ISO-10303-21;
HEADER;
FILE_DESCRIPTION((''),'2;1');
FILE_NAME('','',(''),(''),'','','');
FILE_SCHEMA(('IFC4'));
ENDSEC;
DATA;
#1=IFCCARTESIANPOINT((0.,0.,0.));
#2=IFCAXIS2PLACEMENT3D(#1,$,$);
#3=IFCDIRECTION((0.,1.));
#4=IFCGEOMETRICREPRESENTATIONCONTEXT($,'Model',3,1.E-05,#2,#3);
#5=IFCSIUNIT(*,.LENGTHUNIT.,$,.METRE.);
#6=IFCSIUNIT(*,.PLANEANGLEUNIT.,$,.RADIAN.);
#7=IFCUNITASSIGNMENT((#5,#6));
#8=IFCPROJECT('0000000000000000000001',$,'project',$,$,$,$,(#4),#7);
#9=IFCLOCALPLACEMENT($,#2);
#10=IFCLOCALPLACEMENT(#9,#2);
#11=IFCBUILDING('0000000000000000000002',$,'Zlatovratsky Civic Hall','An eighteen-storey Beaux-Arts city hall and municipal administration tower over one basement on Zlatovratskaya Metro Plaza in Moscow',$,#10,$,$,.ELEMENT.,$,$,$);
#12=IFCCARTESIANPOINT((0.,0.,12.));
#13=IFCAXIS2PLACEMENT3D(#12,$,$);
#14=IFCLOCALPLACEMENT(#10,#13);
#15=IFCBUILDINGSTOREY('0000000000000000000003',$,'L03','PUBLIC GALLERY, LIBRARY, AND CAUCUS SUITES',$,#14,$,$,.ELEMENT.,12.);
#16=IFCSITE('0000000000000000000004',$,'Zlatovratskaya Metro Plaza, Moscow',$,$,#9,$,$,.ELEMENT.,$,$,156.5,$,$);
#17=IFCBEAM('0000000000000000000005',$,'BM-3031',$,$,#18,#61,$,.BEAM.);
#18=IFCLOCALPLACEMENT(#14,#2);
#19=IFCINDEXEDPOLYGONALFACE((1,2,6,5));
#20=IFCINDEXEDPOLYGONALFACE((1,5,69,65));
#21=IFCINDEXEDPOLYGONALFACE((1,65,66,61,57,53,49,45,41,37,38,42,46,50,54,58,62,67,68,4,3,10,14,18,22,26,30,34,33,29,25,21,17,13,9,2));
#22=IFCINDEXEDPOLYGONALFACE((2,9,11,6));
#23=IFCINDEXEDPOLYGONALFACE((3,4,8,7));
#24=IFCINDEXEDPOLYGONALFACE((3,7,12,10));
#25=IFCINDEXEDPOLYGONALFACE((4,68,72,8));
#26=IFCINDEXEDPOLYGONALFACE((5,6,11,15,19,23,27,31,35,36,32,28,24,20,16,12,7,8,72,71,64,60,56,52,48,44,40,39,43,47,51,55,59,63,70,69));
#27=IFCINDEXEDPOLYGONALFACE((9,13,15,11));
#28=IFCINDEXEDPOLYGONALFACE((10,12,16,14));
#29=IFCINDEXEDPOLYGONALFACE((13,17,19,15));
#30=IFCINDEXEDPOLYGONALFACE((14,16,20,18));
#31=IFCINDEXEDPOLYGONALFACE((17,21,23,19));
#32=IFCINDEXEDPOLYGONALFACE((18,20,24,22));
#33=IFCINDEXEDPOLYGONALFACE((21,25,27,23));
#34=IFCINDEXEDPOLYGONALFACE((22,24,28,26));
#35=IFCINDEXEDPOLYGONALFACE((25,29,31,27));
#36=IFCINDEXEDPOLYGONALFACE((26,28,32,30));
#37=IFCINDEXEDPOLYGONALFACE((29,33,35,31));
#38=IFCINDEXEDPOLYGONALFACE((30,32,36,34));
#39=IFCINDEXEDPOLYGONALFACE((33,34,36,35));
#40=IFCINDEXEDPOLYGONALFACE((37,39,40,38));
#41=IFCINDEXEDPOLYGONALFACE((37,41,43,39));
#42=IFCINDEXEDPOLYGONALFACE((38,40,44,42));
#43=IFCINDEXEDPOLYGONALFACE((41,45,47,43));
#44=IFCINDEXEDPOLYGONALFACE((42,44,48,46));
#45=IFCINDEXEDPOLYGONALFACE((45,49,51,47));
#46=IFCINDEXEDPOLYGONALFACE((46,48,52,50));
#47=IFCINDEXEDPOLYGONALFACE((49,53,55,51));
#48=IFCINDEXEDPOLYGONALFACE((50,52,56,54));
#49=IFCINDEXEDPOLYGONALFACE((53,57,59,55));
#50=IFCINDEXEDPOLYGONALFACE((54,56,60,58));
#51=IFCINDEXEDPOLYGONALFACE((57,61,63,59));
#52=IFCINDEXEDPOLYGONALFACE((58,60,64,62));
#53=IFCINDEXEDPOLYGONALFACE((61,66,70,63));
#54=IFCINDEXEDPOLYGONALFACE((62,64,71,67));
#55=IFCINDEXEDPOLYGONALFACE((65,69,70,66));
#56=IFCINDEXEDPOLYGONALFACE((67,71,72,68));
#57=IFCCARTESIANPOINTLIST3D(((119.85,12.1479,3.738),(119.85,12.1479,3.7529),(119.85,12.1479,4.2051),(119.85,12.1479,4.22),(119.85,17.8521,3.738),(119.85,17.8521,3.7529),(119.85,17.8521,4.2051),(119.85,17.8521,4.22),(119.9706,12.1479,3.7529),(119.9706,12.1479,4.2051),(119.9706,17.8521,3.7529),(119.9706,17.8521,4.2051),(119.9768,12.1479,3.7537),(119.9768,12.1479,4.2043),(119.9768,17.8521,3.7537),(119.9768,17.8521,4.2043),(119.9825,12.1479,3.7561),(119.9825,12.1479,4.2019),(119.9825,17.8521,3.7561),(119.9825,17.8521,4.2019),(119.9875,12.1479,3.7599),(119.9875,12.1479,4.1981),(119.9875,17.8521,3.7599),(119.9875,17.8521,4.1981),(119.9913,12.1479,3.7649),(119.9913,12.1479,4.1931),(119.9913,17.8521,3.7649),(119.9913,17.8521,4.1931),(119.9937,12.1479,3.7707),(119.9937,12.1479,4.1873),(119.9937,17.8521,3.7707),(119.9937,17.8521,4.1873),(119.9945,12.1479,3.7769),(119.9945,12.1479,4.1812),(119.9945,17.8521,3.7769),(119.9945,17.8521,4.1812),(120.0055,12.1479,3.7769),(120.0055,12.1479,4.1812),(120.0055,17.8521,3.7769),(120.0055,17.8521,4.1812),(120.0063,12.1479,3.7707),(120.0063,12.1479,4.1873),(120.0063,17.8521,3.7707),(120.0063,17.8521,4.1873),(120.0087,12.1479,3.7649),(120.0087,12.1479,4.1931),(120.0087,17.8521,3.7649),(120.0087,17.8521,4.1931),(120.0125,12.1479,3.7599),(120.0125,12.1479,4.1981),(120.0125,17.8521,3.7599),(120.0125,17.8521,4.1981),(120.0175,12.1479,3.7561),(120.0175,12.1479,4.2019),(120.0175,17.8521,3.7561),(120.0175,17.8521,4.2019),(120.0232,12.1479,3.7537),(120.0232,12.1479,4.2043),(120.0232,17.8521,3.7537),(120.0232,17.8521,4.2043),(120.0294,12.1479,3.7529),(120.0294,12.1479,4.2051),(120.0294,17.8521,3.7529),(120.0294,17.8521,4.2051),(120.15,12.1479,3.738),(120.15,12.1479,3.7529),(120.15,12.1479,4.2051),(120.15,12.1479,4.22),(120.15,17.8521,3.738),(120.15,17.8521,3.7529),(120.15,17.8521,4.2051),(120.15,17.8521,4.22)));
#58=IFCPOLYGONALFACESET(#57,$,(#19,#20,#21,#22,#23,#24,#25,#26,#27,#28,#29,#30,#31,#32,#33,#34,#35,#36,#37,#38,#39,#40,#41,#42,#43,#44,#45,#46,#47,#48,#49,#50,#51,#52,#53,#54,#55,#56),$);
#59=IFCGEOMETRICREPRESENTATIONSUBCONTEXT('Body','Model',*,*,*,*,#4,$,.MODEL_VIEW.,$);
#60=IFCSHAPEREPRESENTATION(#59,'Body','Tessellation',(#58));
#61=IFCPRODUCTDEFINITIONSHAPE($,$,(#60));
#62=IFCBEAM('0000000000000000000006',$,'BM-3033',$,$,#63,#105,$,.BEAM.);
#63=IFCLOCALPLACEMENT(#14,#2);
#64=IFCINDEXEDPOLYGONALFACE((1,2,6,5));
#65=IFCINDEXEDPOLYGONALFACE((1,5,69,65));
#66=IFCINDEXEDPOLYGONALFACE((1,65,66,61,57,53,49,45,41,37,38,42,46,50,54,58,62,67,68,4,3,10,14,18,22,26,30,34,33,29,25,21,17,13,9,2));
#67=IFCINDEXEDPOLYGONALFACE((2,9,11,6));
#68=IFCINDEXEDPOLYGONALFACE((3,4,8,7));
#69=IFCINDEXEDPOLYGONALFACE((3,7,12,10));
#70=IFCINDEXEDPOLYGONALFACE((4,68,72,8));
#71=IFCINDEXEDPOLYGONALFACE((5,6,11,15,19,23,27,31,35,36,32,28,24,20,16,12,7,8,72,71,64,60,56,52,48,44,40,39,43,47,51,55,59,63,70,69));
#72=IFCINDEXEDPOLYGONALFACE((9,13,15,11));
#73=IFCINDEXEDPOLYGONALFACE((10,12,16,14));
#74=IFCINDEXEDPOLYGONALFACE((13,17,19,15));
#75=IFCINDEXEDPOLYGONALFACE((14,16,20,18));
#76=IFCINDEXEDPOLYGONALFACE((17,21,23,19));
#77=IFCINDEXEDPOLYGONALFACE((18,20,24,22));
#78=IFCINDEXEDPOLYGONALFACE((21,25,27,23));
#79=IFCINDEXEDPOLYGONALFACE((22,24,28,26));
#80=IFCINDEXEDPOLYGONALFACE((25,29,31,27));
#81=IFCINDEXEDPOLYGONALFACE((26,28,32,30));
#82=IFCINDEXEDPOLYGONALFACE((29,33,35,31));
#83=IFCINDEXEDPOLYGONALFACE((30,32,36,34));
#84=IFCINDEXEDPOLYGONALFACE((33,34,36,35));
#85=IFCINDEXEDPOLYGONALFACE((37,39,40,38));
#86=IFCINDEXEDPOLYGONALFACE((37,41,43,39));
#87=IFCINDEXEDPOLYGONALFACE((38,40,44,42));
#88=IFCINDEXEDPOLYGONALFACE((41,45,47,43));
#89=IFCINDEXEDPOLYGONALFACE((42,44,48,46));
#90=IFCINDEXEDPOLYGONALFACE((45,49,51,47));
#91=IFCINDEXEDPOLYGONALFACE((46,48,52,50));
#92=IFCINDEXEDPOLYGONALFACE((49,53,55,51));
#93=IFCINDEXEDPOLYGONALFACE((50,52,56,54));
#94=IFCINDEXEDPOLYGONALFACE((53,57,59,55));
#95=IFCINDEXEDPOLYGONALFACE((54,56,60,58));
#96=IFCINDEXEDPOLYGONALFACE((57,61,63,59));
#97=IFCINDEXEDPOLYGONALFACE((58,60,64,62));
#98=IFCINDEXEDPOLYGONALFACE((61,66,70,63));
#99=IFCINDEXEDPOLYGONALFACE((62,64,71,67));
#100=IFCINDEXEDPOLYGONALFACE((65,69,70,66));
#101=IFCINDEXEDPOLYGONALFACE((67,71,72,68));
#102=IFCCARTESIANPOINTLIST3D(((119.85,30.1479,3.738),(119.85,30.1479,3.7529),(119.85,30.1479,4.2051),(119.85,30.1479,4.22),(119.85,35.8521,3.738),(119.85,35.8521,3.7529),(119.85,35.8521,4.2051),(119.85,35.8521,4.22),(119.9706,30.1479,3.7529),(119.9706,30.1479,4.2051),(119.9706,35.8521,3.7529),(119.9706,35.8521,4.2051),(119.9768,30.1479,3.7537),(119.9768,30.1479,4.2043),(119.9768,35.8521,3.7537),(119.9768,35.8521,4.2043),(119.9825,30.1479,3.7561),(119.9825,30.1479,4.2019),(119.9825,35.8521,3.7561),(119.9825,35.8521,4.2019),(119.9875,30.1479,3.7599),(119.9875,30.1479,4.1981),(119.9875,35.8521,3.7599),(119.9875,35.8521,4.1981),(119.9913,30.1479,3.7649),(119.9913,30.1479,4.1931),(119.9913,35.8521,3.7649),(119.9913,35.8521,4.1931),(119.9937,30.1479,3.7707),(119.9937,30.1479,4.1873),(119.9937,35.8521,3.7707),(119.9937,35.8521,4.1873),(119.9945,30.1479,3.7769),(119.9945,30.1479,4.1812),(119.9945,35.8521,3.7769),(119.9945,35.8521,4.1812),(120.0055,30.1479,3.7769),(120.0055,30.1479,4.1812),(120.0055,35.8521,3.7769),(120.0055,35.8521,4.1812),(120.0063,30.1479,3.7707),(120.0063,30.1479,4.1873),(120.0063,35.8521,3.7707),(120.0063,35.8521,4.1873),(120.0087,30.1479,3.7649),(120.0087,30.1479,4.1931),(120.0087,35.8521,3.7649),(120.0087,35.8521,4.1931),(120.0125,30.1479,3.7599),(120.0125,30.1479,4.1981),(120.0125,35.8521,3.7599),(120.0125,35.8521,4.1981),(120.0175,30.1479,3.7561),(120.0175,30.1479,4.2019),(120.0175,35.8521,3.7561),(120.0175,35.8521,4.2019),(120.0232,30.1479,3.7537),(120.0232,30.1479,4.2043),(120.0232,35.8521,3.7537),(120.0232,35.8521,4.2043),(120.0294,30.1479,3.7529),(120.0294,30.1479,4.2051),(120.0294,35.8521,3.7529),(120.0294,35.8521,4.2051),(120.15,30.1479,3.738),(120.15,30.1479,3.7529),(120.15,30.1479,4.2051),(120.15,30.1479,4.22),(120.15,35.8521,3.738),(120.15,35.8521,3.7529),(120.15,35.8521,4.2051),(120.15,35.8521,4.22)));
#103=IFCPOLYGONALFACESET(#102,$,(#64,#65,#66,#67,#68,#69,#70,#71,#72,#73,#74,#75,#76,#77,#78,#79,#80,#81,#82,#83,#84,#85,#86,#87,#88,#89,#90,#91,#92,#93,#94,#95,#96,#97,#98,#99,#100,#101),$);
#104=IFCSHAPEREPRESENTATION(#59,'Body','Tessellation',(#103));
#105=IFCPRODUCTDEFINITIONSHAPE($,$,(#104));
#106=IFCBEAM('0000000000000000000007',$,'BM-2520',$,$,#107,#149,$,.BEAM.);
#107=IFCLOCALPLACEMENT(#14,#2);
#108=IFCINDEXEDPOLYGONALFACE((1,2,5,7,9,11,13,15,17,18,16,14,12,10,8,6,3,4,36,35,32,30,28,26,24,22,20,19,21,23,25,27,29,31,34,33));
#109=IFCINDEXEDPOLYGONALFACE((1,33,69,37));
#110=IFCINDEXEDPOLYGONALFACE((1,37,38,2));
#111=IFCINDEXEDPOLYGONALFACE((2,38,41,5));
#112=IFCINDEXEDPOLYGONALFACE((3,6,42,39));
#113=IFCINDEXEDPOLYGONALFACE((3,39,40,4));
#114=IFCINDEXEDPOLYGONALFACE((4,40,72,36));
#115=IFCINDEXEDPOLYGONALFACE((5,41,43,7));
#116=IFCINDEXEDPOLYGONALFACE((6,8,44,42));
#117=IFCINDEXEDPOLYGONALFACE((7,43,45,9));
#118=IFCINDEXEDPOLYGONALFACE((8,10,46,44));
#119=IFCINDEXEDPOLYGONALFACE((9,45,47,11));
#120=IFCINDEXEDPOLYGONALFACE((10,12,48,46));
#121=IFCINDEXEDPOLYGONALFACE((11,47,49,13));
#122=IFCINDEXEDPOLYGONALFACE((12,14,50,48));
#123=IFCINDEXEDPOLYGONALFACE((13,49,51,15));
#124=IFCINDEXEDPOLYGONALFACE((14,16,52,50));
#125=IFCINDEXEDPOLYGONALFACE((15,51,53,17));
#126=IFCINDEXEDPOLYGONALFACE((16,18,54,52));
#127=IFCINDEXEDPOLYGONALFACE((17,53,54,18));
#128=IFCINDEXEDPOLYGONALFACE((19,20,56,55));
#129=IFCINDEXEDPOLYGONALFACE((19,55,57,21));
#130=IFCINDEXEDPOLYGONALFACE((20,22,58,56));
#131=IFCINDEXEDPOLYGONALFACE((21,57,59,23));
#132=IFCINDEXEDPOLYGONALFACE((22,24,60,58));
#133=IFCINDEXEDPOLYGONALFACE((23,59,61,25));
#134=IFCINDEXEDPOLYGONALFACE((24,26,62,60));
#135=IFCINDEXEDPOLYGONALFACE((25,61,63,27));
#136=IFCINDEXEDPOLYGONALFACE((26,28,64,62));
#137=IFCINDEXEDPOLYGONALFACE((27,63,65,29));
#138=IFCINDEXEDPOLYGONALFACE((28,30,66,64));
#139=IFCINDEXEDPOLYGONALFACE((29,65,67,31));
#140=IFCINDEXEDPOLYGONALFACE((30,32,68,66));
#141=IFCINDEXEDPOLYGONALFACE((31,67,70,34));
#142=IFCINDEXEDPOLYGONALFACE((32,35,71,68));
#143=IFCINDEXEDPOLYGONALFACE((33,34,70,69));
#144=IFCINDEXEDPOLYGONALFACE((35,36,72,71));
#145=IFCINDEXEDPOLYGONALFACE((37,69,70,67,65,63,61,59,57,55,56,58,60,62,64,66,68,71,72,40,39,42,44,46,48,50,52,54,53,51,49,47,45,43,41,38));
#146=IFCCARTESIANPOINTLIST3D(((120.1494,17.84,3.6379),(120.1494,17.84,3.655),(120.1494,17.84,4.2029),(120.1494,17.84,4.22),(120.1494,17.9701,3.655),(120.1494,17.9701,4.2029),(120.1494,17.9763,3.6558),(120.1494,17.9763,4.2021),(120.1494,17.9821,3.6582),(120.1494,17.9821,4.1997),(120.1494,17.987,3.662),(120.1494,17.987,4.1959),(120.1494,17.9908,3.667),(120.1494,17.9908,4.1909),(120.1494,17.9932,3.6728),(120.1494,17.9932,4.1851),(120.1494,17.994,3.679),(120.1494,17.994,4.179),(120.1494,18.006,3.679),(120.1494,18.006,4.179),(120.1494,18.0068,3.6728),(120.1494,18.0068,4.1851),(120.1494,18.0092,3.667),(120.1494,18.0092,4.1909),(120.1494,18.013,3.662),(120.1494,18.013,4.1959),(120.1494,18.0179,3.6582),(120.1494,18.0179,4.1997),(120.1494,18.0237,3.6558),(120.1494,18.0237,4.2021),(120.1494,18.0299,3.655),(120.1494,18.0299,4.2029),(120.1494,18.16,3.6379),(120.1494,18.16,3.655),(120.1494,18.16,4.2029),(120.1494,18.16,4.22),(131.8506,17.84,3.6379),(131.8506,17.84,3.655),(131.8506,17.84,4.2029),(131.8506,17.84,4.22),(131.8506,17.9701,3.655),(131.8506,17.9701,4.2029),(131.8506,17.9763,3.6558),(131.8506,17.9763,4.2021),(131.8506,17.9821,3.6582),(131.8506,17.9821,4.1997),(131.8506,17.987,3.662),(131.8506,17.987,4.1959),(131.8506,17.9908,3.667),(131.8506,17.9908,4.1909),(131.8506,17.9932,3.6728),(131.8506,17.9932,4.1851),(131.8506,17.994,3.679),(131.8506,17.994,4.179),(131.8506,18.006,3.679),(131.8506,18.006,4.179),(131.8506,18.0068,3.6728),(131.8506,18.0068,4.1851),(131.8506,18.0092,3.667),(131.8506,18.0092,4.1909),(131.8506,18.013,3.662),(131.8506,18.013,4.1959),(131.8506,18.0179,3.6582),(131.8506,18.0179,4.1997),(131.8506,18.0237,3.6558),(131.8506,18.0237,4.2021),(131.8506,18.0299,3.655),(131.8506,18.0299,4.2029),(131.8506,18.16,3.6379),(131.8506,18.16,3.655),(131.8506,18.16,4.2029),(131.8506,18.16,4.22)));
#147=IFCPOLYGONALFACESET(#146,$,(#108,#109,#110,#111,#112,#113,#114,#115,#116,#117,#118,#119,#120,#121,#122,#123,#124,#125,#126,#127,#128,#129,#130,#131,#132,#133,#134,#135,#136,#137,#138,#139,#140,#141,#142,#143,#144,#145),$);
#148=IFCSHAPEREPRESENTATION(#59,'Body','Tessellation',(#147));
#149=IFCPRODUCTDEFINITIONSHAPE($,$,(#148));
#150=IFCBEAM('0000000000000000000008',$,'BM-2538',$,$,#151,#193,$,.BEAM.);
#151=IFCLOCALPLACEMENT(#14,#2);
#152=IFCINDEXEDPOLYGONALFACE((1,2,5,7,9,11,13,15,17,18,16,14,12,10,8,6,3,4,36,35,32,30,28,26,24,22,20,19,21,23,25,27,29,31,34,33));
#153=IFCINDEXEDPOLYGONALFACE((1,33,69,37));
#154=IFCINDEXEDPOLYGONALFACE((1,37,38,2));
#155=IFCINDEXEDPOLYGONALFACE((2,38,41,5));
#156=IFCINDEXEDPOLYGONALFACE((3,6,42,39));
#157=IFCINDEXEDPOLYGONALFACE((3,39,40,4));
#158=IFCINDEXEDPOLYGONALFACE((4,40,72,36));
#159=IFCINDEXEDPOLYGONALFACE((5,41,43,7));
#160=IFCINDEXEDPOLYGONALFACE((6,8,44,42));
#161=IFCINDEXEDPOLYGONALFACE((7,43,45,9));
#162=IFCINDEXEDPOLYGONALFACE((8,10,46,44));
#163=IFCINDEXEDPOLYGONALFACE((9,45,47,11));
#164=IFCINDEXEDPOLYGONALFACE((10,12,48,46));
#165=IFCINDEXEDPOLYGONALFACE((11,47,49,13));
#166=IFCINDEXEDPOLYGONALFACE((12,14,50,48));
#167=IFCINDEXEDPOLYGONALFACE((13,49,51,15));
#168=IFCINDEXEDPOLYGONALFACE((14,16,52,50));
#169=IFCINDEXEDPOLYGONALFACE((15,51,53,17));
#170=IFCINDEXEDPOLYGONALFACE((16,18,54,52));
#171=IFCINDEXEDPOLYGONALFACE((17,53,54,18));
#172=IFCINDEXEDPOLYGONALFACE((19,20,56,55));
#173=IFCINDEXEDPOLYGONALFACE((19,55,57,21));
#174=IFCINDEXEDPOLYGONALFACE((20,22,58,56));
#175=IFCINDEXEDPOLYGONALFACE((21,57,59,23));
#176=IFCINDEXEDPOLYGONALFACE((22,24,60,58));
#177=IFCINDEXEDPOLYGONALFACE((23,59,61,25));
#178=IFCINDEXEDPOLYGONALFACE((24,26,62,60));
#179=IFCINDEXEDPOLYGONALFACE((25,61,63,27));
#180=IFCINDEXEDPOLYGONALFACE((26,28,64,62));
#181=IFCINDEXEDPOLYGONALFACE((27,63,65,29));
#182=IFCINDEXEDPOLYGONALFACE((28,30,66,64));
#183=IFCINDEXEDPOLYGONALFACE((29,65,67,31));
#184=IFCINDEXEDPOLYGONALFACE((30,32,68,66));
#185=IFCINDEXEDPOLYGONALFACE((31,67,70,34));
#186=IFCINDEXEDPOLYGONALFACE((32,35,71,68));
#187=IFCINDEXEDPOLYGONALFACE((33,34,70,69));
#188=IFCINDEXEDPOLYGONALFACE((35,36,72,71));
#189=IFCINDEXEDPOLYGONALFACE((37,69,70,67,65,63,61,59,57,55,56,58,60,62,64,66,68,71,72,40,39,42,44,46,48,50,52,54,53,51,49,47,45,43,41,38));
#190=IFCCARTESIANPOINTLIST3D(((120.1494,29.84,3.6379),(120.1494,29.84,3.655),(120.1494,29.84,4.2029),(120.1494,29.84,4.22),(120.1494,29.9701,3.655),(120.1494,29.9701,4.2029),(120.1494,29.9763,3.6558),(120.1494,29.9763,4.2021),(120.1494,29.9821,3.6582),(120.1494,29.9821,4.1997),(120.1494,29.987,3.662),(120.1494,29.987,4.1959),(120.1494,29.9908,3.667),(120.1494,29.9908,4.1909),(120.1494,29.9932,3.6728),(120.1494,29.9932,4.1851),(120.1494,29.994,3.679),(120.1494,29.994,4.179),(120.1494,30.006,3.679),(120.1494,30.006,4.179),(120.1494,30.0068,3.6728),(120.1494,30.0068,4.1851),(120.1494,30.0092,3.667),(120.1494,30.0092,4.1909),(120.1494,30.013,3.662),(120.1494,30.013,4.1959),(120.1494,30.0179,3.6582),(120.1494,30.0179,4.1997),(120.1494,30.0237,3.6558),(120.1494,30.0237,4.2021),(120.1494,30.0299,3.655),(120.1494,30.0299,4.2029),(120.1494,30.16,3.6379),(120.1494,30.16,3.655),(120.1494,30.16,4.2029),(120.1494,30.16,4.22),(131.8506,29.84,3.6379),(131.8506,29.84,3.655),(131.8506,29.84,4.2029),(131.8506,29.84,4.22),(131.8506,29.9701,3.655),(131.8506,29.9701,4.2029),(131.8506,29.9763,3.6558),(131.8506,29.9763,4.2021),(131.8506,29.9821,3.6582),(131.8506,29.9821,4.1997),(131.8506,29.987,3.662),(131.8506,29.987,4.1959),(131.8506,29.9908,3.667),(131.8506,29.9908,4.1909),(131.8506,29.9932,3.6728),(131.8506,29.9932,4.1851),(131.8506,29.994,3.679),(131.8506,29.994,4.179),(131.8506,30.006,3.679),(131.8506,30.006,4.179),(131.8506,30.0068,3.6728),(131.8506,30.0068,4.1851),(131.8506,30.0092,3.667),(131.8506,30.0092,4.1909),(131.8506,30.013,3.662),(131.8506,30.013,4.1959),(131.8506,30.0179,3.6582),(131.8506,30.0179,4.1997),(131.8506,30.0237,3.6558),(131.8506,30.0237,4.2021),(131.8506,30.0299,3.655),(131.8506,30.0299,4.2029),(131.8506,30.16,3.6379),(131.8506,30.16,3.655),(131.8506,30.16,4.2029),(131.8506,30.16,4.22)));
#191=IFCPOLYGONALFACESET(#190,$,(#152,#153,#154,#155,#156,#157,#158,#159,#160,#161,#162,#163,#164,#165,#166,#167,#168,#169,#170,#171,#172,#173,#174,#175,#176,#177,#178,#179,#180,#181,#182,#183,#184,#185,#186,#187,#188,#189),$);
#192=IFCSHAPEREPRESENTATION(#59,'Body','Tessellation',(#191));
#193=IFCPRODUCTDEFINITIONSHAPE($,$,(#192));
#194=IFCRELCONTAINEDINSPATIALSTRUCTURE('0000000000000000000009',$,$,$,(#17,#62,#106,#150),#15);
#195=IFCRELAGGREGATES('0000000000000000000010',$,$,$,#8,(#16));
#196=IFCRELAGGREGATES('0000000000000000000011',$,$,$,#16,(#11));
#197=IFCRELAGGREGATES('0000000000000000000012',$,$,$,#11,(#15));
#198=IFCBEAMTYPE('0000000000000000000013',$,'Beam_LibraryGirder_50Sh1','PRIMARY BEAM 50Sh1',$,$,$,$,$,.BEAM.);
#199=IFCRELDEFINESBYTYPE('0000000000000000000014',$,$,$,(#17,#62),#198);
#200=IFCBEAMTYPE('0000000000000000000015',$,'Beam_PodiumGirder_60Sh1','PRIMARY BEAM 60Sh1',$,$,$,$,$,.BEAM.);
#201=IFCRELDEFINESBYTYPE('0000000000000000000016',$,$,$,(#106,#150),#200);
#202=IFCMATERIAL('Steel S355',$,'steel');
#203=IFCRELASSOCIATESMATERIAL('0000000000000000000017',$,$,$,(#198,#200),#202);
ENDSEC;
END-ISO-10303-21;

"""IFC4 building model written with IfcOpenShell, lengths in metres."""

from ifc_helpers import new_model, si_unit, direction, frame, origin, origin_2d, place, context, subcontext, project, spatial, i_section, extrude, material, material_profile, profile_set, type_object, element, save


model = new_model("IFC4")

# Units and contexts
model_context = context("Model", 3, precision=1e-05, world=origin(), true_north=direction((0.0, 1.0)))
body_context = subcontext(model_context, "Body", "Model", "MODEL_VIEW")
ifc_project = project(units=[si_unit("LENGTHUNIT", "METRE"), si_unit("PLANEANGLEUNIT", "RADIAN")], contexts=[model_context])

# Site, building, storey
site_placement = place(None, origin())
site = spatial("IfcSite", under=ifc_project, at=site_placement, Name="Zlatovratskaya Metro Plaza, Moscow", CompositionType="ELEMENT", RefElevation=156.5)
building_placement = place(site_placement, origin())
building = spatial("IfcBuilding", under=site, at=building_placement, Name="Zlatovratsky Civic Hall", Description="An eighteen-storey Beaux-Arts city hall and municipal administration tower over one basement on Zlatovratskaya Metro Plaza in Moscow", CompositionType="ELEMENT")
storey_placement = place(building_placement, frame((0.0, 0.0, 12.0)))
storey = spatial("IfcBuildingStorey", under=building, at=storey_placement, Name="L03", Description="PUBLIC GALLERY, LIBRARY, AND CAUCUS SUITES", CompositionType="ELEMENT", Elevation=12.0)

# Shared definitions
ifc_material_1 = material(Name="Steel S355", Category="steel")

# Beams
ifc_material_profile_1 = material_profile(ifc_material_1, i_section(OverallWidth=0.3, OverallDepth=0.4819, WebThickness=0.011, FlangeThickness=0.0149, FilletRadius=0.0239, at=origin_2d()), Name="50Sh1")
ifc_profile_set_1 = profile_set([ifc_material_profile_1], Name="Steel S355")
beam_type_1 = type_object("IfcBeamType", Name="Beam_LibraryGirder_50Sh1", Description="PRIMARY BEAM 50Sh1", PredefinedType="BEAM", material=ifc_profile_set_1)
for number, where, z_axis, x_axis, name in (
    (1, (120.0, 12.1479, 3.979), (0.0, 1.0, 0.0), (-1.0, 0.0, 0.0), "BM-3031"),
    (2, (120.0, 30.1479, 3.979), (0.0, 1.0, 0.0), (-1.0, 0.0, 0.0), "BM-3033"),
):
    element("IfcBeam", number, at=place(storey_placement, frame(where, z_axis=z_axis, x_axis=x_axis)), inside=storey, type_object=beam_type_1, Name=name, PredefinedType="BEAM", context=body_context, shape_type="SweptSolid", body=[
        extrude(i_section(OverallWidth=0.3, OverallDepth=0.4819, WebThickness=0.011, FlangeThickness=0.0149, FilletRadius=0.0239, at=origin_2d()), origin(), (0.0, 0.0, 1.0), 5.7041),
    ])
ifc_material_profile_2 = material_profile(ifc_material_1, i_section(OverallWidth=0.3201, OverallDepth=0.582, WebThickness=0.012, FlangeThickness=0.0171, FilletRadius=0.0239, at=origin_2d()), Name="60Sh1")
ifc_profile_set_2 = profile_set([ifc_material_profile_2], Name="Steel S355")
beam_type_2 = type_object("IfcBeamType", Name="Beam_PodiumGirder_60Sh1", Description="PRIMARY BEAM 60Sh1", PredefinedType="BEAM", material=ifc_profile_set_2)
for number, where, z_axis, x_axis, name in (
    (3, (120.1494, 18.0, 3.929), (1.0, 0.0, 0.0), (0.0, 1.0, 0.0), "BM-2520"),
    (4, (120.1494, 30.0, 3.929), (1.0, 0.0, 0.0), (0.0, 1.0, 0.0), "BM-2538"),
):
    element("IfcBeam", number, at=place(storey_placement, frame(where, z_axis=z_axis, x_axis=x_axis)), inside=storey, type_object=beam_type_2, Name=name, PredefinedType="BEAM", context=body_context, shape_type="SweptSolid", body=[
        extrude(i_section(OverallWidth=0.3201, OverallDepth=0.582, WebThickness=0.012, FlangeThickness=0.0171, FilletRadius=0.0239, at=origin_2d()), origin(), (0.0, 0.0, 1.0), 11.7012),
    ])

save(model, "model.ifc")
